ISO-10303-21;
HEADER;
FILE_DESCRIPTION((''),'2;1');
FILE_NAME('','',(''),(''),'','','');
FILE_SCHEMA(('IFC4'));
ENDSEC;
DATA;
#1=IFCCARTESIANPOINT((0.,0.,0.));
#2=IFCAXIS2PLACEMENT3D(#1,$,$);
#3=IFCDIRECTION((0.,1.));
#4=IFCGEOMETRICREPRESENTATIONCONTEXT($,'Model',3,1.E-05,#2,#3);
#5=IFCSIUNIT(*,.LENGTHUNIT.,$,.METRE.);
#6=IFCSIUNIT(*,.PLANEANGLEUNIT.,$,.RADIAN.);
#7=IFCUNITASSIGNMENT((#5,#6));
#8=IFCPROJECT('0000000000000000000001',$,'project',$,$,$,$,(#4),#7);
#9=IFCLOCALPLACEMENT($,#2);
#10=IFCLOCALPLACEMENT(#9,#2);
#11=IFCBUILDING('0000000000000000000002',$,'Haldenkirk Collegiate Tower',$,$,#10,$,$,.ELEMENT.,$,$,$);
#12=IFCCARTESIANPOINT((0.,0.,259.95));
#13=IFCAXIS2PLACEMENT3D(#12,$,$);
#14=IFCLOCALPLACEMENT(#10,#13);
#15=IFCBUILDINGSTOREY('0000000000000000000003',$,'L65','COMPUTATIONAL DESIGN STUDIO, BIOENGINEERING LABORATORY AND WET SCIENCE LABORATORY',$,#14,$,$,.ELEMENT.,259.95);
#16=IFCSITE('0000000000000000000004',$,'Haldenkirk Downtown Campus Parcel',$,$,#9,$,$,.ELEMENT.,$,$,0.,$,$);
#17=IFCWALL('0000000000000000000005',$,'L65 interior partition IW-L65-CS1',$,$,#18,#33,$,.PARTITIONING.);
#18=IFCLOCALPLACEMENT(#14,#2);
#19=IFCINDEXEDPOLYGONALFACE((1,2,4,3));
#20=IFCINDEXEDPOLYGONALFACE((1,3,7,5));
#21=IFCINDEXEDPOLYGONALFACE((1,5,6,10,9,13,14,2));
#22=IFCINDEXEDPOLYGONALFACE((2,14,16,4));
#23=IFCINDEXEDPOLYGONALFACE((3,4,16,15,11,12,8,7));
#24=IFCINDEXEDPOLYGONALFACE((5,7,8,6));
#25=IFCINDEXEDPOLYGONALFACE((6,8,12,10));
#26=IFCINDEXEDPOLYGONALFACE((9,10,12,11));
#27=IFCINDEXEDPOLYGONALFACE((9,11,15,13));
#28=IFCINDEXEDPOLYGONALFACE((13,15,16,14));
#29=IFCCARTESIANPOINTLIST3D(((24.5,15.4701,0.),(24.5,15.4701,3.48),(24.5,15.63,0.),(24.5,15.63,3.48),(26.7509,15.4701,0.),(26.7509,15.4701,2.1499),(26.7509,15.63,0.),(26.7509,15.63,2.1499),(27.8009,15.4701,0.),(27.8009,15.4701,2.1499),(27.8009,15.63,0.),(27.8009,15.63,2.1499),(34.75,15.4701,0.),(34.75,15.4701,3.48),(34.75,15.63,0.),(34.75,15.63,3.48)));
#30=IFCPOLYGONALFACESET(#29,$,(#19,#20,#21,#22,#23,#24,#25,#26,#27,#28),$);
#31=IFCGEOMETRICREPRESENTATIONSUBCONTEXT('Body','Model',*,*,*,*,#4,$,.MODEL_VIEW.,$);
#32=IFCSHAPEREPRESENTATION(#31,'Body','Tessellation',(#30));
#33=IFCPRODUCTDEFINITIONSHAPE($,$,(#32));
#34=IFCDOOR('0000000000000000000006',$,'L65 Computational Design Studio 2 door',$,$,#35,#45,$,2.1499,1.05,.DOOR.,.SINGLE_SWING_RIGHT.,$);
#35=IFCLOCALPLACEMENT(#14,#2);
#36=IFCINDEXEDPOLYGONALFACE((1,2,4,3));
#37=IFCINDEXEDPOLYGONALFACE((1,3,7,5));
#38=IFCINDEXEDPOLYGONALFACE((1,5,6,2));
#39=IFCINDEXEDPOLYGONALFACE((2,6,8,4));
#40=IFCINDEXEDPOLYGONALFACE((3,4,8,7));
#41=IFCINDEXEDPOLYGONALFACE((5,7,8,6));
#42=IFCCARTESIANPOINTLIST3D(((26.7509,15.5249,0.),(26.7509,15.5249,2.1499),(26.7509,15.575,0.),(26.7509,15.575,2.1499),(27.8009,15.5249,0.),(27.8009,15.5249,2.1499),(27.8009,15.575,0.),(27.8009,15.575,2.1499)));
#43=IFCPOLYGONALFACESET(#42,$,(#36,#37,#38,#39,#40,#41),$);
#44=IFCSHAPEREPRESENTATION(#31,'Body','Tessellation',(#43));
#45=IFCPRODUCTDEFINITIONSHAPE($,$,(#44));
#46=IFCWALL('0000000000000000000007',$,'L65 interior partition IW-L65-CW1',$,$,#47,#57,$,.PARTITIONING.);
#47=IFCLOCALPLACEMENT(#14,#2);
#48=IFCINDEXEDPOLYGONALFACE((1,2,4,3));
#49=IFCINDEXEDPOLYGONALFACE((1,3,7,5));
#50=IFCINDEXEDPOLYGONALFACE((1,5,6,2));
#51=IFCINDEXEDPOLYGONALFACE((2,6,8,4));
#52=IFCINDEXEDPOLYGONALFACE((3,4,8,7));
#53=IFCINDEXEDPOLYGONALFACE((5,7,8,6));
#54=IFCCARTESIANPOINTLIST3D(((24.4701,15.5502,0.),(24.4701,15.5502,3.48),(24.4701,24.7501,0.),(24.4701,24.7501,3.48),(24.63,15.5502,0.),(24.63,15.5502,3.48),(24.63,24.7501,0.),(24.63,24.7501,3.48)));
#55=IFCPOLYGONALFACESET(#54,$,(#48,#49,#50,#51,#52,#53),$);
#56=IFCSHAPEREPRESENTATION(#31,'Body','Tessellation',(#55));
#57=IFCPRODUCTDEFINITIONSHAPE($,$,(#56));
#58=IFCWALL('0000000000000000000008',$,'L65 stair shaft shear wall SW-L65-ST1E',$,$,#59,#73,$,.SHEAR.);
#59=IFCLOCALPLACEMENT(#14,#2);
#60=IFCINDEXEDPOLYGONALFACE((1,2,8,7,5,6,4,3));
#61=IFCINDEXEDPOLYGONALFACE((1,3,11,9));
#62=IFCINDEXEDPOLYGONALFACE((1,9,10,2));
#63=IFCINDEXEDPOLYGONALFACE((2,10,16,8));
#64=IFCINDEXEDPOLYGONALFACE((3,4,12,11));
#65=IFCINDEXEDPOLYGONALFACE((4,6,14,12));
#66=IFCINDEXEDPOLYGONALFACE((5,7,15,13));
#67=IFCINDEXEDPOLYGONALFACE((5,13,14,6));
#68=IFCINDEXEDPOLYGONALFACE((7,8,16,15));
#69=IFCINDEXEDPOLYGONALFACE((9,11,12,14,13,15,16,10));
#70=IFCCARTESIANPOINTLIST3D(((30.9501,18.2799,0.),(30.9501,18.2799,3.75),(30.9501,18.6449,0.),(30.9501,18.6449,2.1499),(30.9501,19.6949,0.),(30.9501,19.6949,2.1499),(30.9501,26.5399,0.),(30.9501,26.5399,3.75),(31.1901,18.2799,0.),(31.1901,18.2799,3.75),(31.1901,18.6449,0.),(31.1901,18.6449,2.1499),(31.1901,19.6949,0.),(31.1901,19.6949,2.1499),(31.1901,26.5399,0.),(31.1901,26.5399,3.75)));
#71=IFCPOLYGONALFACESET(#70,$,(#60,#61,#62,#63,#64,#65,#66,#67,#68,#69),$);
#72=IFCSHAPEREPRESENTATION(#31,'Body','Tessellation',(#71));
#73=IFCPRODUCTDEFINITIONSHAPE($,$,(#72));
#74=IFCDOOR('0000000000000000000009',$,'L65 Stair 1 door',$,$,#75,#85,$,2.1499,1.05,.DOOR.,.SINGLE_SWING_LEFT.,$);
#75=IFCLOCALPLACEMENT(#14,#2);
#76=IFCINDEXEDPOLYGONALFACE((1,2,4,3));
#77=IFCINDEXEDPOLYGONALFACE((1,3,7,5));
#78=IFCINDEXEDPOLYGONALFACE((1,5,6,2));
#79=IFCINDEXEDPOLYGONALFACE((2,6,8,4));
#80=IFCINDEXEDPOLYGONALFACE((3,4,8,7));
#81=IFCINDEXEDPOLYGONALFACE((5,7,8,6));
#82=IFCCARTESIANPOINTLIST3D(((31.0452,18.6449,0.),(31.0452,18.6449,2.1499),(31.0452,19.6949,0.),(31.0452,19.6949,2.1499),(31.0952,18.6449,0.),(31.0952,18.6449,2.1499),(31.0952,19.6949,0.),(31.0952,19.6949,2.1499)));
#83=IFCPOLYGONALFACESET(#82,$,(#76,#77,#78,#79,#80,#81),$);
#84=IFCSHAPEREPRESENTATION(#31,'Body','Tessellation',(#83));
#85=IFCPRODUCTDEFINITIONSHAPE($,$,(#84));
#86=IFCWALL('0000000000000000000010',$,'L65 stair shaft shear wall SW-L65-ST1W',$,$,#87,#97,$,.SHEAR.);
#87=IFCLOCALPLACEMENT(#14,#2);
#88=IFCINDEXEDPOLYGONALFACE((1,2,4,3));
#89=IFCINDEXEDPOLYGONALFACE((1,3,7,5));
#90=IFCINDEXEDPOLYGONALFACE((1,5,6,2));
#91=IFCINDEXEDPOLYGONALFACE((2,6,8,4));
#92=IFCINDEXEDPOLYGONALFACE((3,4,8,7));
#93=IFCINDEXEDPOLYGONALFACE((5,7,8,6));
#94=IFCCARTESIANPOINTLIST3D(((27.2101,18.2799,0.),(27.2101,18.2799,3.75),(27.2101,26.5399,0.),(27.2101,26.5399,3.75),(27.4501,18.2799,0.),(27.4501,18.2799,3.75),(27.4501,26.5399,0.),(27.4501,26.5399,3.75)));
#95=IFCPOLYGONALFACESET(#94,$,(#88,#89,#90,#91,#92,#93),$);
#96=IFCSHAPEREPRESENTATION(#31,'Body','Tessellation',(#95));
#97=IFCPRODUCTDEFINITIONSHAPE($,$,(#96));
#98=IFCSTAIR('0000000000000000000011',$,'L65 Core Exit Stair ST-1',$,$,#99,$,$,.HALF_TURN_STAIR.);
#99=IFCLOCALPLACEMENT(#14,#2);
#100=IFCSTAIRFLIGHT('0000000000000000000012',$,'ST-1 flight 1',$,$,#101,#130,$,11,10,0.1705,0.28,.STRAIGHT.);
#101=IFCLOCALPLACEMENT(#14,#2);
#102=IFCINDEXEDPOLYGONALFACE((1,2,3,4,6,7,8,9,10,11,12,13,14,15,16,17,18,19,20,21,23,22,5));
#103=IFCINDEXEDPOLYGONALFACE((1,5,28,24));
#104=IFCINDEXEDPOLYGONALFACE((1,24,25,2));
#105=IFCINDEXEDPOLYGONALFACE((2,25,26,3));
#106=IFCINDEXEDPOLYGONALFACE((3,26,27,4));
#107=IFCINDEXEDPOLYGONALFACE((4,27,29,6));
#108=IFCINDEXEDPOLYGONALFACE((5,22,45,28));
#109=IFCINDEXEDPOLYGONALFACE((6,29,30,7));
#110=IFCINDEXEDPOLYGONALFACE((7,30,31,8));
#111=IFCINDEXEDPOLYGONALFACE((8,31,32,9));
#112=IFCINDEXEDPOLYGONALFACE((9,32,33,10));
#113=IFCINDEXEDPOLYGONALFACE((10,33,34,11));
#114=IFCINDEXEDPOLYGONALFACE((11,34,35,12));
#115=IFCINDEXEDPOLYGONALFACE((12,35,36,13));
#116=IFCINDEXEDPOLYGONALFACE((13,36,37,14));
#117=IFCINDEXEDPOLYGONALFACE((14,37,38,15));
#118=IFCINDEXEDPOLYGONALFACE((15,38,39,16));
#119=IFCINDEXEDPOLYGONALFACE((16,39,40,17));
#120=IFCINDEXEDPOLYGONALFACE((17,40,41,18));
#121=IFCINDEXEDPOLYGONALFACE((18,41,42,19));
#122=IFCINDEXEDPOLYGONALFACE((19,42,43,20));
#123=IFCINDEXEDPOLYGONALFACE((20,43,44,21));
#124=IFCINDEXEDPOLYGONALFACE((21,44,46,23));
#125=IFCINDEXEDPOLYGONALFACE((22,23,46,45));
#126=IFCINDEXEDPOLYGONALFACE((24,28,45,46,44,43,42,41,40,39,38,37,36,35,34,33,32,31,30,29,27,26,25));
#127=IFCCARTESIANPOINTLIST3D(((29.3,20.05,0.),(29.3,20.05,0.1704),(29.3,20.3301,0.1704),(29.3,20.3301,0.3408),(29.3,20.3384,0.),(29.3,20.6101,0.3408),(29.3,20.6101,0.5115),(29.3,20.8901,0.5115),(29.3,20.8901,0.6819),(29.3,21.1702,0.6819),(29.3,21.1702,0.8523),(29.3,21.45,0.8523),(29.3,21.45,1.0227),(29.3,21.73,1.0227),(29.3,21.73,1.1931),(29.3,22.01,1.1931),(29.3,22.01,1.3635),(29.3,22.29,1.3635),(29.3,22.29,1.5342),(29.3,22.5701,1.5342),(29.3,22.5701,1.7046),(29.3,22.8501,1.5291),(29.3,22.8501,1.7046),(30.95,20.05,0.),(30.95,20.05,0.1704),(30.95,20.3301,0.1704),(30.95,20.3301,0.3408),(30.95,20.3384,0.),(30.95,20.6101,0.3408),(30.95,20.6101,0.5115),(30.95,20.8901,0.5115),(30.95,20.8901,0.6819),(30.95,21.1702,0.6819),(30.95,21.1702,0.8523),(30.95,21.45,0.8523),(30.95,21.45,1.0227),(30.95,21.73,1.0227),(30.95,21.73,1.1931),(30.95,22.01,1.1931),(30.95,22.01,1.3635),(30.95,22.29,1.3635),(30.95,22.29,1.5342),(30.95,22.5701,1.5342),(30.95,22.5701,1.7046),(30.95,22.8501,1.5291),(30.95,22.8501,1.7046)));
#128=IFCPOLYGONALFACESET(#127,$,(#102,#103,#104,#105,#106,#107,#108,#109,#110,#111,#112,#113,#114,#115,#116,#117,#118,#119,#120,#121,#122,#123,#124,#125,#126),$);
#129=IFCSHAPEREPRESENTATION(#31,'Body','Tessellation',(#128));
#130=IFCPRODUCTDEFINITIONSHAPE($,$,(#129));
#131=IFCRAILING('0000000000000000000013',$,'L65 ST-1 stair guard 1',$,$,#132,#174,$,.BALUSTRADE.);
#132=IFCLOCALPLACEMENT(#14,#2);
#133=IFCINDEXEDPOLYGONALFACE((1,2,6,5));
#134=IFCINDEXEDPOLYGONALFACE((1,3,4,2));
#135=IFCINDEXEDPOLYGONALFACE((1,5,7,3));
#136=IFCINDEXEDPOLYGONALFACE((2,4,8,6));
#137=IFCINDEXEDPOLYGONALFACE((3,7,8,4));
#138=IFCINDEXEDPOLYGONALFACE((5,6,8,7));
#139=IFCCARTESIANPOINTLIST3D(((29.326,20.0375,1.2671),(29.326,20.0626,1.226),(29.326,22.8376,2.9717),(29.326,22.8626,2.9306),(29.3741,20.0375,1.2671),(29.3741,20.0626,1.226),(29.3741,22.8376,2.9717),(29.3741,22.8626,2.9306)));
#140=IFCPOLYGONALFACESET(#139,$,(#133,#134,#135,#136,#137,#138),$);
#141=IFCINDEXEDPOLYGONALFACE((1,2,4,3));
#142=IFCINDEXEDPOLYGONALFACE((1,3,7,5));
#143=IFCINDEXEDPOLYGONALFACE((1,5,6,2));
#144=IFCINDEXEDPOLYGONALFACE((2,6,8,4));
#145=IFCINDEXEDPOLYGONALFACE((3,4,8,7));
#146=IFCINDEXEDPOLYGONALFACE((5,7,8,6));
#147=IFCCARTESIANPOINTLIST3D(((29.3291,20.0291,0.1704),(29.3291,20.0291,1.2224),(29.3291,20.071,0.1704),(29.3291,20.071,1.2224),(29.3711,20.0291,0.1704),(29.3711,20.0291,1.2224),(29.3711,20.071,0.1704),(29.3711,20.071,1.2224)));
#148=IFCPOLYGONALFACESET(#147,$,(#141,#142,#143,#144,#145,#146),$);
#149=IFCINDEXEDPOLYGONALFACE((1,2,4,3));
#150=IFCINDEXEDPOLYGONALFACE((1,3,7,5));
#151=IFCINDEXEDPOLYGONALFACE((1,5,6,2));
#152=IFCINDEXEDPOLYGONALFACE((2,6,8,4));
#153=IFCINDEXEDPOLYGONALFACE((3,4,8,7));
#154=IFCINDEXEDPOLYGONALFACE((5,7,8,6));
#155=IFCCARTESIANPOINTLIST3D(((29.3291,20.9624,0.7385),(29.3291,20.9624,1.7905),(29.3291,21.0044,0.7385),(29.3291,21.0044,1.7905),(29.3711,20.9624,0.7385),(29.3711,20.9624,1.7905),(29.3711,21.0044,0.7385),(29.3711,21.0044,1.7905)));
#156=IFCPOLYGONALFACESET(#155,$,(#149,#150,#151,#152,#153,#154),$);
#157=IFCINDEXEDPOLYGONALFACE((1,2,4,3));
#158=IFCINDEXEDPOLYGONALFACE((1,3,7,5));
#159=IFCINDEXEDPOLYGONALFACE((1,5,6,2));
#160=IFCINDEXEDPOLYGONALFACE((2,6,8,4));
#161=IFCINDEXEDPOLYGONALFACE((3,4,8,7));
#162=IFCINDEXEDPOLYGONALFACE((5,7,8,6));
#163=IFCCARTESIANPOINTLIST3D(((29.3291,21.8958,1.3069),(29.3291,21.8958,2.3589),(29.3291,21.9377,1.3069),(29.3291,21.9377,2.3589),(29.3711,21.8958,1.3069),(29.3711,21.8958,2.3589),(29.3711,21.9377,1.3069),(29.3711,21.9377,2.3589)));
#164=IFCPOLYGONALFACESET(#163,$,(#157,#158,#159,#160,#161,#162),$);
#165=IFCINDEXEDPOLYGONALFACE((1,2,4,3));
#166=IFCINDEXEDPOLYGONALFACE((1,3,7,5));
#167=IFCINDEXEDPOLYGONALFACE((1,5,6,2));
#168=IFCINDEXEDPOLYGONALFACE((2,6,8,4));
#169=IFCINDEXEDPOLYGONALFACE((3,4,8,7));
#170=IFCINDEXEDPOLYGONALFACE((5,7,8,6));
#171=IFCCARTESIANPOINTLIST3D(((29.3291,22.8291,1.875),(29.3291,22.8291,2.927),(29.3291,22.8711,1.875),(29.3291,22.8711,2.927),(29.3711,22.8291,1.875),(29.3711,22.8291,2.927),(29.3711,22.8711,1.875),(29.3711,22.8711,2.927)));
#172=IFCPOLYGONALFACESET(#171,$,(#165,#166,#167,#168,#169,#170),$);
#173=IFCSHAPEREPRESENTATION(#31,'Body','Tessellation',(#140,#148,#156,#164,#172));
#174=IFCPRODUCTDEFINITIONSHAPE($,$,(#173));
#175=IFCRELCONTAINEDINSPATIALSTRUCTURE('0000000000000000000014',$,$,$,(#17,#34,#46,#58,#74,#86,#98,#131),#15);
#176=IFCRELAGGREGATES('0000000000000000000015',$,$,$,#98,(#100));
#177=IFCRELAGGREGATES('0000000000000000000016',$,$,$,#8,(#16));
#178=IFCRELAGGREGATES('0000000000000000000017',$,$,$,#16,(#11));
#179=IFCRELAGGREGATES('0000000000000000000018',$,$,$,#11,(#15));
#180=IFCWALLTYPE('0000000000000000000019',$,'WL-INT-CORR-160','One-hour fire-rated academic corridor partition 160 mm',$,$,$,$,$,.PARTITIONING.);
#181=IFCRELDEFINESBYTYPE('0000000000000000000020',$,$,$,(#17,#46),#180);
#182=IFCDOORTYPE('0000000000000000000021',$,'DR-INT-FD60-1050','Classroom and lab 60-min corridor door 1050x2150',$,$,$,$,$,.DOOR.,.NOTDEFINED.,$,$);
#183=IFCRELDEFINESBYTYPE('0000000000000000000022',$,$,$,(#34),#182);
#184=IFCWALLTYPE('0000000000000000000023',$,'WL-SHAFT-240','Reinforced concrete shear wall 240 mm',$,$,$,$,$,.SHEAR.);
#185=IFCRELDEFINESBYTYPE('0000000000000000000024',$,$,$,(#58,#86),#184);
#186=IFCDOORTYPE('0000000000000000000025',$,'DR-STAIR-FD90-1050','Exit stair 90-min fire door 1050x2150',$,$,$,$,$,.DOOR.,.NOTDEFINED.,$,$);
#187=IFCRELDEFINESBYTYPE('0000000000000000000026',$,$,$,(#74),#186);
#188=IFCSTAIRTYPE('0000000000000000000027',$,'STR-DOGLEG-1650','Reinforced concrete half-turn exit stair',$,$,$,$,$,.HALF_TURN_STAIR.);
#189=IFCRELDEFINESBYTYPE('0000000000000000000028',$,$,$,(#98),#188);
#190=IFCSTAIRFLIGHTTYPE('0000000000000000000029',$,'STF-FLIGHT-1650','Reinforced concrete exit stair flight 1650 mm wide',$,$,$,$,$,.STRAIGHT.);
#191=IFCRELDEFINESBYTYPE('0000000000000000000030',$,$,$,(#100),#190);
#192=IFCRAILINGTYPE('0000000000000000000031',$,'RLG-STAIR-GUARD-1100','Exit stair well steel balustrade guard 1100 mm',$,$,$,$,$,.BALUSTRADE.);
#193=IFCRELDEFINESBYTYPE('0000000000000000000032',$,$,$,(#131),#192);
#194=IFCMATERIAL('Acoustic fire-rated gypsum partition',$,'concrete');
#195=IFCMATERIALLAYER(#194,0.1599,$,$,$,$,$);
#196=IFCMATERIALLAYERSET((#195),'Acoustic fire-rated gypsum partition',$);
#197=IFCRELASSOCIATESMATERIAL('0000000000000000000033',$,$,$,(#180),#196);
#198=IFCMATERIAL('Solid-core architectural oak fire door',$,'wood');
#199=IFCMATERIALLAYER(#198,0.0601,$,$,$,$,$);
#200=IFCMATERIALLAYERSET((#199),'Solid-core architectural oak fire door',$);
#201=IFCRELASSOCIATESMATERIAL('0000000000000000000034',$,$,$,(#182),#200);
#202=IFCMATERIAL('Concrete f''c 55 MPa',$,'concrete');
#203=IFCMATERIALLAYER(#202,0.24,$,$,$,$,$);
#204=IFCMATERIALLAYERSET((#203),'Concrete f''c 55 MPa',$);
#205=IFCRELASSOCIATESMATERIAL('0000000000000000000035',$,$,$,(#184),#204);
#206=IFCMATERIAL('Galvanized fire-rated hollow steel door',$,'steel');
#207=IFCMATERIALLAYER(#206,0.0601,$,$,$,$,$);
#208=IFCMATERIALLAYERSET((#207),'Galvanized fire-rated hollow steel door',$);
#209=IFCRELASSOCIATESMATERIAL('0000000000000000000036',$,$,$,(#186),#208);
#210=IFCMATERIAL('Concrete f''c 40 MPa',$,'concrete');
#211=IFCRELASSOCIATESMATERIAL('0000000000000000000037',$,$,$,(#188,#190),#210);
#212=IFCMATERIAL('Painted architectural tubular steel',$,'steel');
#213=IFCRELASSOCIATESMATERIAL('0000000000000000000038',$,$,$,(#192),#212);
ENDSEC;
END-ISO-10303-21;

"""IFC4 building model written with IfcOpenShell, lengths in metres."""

from ifc_helpers import new_model, si_unit, direction, frame, frame_2d, origin, origin_2d, place, context, subcontext, project, spatial, polyline, rectangle, outline, extrude, material, layer, layer_set, type_object, element, fill, aggregate, save


model = new_model("IFC4")

# Units and contexts
model_context = context("Model", 3, precision=1e-05, world=origin(), true_north=direction((0.0, 1.0)))
body_context = subcontext(model_context, "Body", "Model", "MODEL_VIEW")
ifc_project = project(units=[si_unit("LENGTHUNIT", "METRE"), si_unit("PLANEANGLEUNIT", "RADIAN")], contexts=[model_context])

# Site, building, storey
site_placement = place(None, origin())
site = spatial("IfcSite", under=ifc_project, at=site_placement, Name="Haldenkirk Downtown Campus Parcel", CompositionType="ELEMENT", RefElevation=0.0)
building_placement = place(site_placement, origin())
building = spatial("IfcBuilding", under=site, at=building_placement, Name="Haldenkirk Collegiate Tower", CompositionType="ELEMENT")
storey_placement = place(building_placement, frame((0.0, 0.0, 259.95)))
storey = spatial("IfcBuildingStorey", under=building, at=storey_placement, Name="L65", Description="COMPUTATIONAL DESIGN STUDIO, BIOENGINEERING LABORATORY AND WET SCIENCE LABORATORY", CompositionType="ELEMENT", Elevation=259.95)

# Shared definitions
ifc_material_1 = material(Name="Concrete f'c 55 MPa", Category="concrete")
ifc_material_2 = material(Name="Galvanized fire-rated hollow steel door", Category="steel")

# Wall, opening, door
ifc_material_3 = material(Name="Acoustic fire-rated gypsum partition", Category="concrete")
ifc_layer_1 = layer(ifc_material_3, 0.1599)
ifc_layer_set_1 = layer_set([ifc_layer_1], Name="Acoustic fire-rated gypsum partition")
wall_type_1 = type_object("IfcWallType", Name="WL-INT-CORR-160", Description="One-hour fire-rated academic corridor partition 160 mm", PredefinedType="PARTITIONING", material=ifc_layer_set_1)
wall_1_placement = place(storey_placement, frame((24.5, 15.55, 0.0), z_axis=(0.0, 0.0, 1.0), x_axis=(1.0, 0.0, 0.0)))
wall_1 = element("IfcWall", 1, at=wall_1_placement, inside=storey, type_object=wall_type_1, Name="L65 interior partition IW-L65-CS1", PredefinedType="PARTITIONING", context=body_context, shape_type="SweptSolid", body=[
    extrude(rectangle(XDim=10.25, YDim=0.1599, at=frame_2d((5.125, 0.0))), origin(), (0.0, 0.0, 1.0), 3.48),
])
opening_1_placement = place(wall_1_placement, frame((2.251, 0.0, 0.0)))
opening_1 = element("IfcOpeningElement", 2, at=opening_1_placement, cuts=wall_1, PredefinedType="OPENING", context=body_context, shape_type="SweptSolid", body=[
    extrude(rectangle(XDim=1.05, YDim=2.1499, at=frame_2d((0.5249, 1.075))), frame((0.0, 0.0898, 0.0), z_axis=(0.0, -1.0, 0.0), x_axis=(1.0, 0.0, 0.0)), (0.0, 0.0, 1.0), 0.1799),
])
ifc_material_4 = material(Name="Solid-core architectural oak fire door", Category="wood")
ifc_layer_2 = layer(ifc_material_4, 0.0601)
ifc_layer_set_2 = layer_set([ifc_layer_2], Name="Solid-core architectural oak fire door")
door_type_1 = type_object("IfcDoorType", Name="DR-INT-FD60-1050", Description="Classroom and lab 60-min corridor door 1050x2150", OperationType="NOTDEFINED", PredefinedType="DOOR", material=ifc_layer_set_2)
door_1_placement = place(opening_1_placement, origin())
door_1 = element("IfcDoor", 3, at=door_1_placement, inside=storey, type_object=door_type_1, Name="L65 Computational Design Studio 2 door", OperationType="SINGLE_SWING_RIGHT", OverallHeight=2.1499, OverallWidth=1.05, PredefinedType="DOOR", context=body_context, shape_type="SweptSolid", body=[
    extrude(rectangle(XDim=1.05, YDim=2.1499, at=frame_2d((0.5249, 1.075))), frame((0.0, 0.0249, 0.0), z_axis=(0.0, -1.0, 0.0), x_axis=(1.0, 0.0, 0.0)), (0.0, 0.0, 1.0), 0.05),
])
fill(opening_1, door_1)

# Wall
wall_2_placement = place(storey_placement, frame((24.55, 15.55, 0.0), z_axis=(0.0, 0.0, 1.0), x_axis=(0.0, 1.0, 0.0)))
element("IfcWall", 4, at=wall_2_placement, inside=storey, type_object=wall_type_1, Name="L65 interior partition IW-L65-CW1", PredefinedType="PARTITIONING", context=body_context, shape_type="SweptSolid", body=[
    extrude(rectangle(XDim=9.2, YDim=0.1599, at=frame_2d((4.6001, 0.0))), origin(), (0.0, 0.0, 1.0), 3.48),
])

# Wall, opening, door
ifc_layer_3 = layer(ifc_material_1, 0.24)
ifc_layer_set_3 = layer_set([ifc_layer_3], Name="Concrete f'c 55 MPa")
wall_type_2 = type_object("IfcWallType", Name="WL-SHAFT-240", Description="Reinforced concrete shear wall 240 mm", PredefinedType="SHEAR", material=ifc_layer_set_3)
wall_3_placement = place(storey_placement, frame((31.0701, 18.28, 0.0), z_axis=(0.0, 0.0, 1.0), x_axis=(0.0, 1.0, 0.0)))
wall_3 = element("IfcWall", 5, at=wall_3_placement, inside=storey, type_object=wall_type_2, Name="L65 stair shaft shear wall SW-L65-ST1E", PredefinedType="SHEAR", context=body_context, shape_type="SweptSolid", body=[
    extrude(rectangle(XDim=8.26, YDim=0.24, at=frame_2d((4.1299, 0.0))), origin(), (0.0, 0.0, 1.0), 3.75),
])
opening_2_placement = place(wall_3_placement, frame((0.365, 0.0, 0.0)))
opening_2 = element("IfcOpeningElement", 6, at=opening_2_placement, cuts=wall_3, PredefinedType="OPENING", context=body_context, shape_type="SweptSolid", body=[
    extrude(rectangle(XDim=1.05, YDim=2.1499, at=frame_2d((0.5249, 1.075))), frame((0.0, 0.1299, 0.0), z_axis=(0.0, -1.0, 0.0), x_axis=(1.0, 0.0, 0.0)), (0.0, 0.0, 1.0), 0.26),
])
ifc_layer_4 = layer(ifc_material_2, 0.0601)
ifc_layer_set_4 = layer_set([ifc_layer_4], Name="Galvanized fire-rated hollow steel door")
door_type_2 = type_object("IfcDoorType", Name="DR-STAIR-FD90-1050", Description="Exit stair 90-min fire door 1050x2150", OperationType="NOTDEFINED", PredefinedType="DOOR", material=ifc_layer_set_4)
door_2_placement = place(opening_2_placement, origin())
door_2 = element("IfcDoor", 7, at=door_2_placement, inside=storey, type_object=door_type_2, Name="L65 Stair 1 door", OperationType="SINGLE_SWING_LEFT", OverallHeight=2.1499, OverallWidth=1.05, PredefinedType="DOOR", context=body_context, shape_type="SweptSolid", body=[
    extrude(rectangle(XDim=1.05, YDim=2.1499, at=frame_2d((0.5249, 1.075))), frame((0.0, 0.0249, 0.0), z_axis=(0.0, -1.0, 0.0), x_axis=(1.0, 0.0, 0.0)), (0.0, 0.0, 1.0), 0.05),
])
fill(opening_2, door_2)

# Wall
wall_4_placement = place(storey_placement, frame((27.3301, 18.28, 0.0), z_axis=(0.0, 0.0, 1.0), x_axis=(0.0, 1.0, 0.0)))
element("IfcWall", 8, at=wall_4_placement, inside=storey, type_object=wall_type_2, Name="L65 stair shaft shear wall SW-L65-ST1W", PredefinedType="SHEAR", context=body_context, shape_type="SweptSolid", body=[
    extrude(rectangle(XDim=8.26, YDim=0.24, at=frame_2d((4.1299, 0.0))), origin(), (0.0, 0.0, 1.0), 3.75),
])

# Stair, stair flight
ifc_material_5 = material(Name="Concrete f'c 40 MPa", Category="concrete")
stair_type = type_object("IfcStairType", Name="STR-DOGLEG-1650", Description="Reinforced concrete half-turn exit stair", PredefinedType="HALF_TURN_STAIR", material=ifc_material_5)
stair_placement = place(storey_placement, origin())
stair = element("IfcStair", 9, at=stair_placement, inside=storey, type_object=stair_type, Name="L65 Core Exit Stair ST-1", PredefinedType="HALF_TURN_STAIR")
stair_flight_type = type_object("IfcStairFlightType", Name="STF-FLIGHT-1650", Description="Reinforced concrete exit stair flight 1650 mm wide", PredefinedType="STRAIGHT", material=ifc_material_5)
stair_flight_placement = place(storey_placement, frame((30.125, 20.05, 0.0), z_axis=(0.0, 0.0, 1.0), x_axis=(0.0, 1.0, 0.0)))
stair_flight = element("IfcStairFlight", 10, at=stair_flight_placement, type_object=stair_flight_type, Name="ST-1 flight 1", NumberOfRisers=11, NumberOfTreads=10, PredefinedType="STRAIGHT", RiserHeight=0.1705, TreadLength=0.28, context=body_context, shape_type="SweptSolid", body=[
    extrude(outline(polyline([(0.0, 0.0), (0.0, 0.1704), (0.28, 0.1704), (0.28, 0.3408), (0.5601, 0.3408), (0.5601, 0.5115), (0.8401, 0.5115), (0.8401, 0.6819), (1.1201, 0.6819), (1.1201, 0.8523), (1.3999, 0.8523), (1.3999, 1.0227), (1.6799, 1.0227), (1.6799, 1.1931), (1.96, 1.1931), (1.96, 1.3635), (2.24, 1.3635), (2.24, 1.5342), (2.52, 1.5342), (2.52, 1.7046), (2.8, 1.7046), (2.8, 1.875), (2.8, 1.5291), (0.2883, 0.0), (0.0, 0.0)])), frame((0.0, 0.825, 0.0), z_axis=(0.0, -1.0, 0.0), x_axis=(1.0, 0.0, 0.0)), (0.0, 0.0, 1.0), 1.6499),
])
aggregate(stair, [stair_flight])

# Railing
ifc_material_6 = material(Name="Painted architectural tubular steel", Category="steel")
railing_type_1 = type_object("IfcRailingType", Name="RLG-STAIR-GUARD-1100", Description="Exit stair well steel balustrade guard 1100 mm", PredefinedType="BALUSTRADE", material=ifc_material_6)
railing_1_placement = place(storey_placement, frame((29.3501, 20.05, 0.1704)))
element("IfcRailing", 11, at=railing_1_placement, inside=storey, type_object=railing_type_1, Name="L65 ST-1 stair guard 1", PredefinedType="BALUSTRADE", context=body_context, shape_type="SweptSolid", body=[
    extrude(rectangle(XDim=0.0481, YDim=0.0481, at=origin_2d()), frame((0.0, 0.0, 1.0762), z_axis=(0.0, 0.85417, 0.519994), x_axis=(-1.0, 0.0, 0.0)), (0.0, 0.0, 1.0), 3.2781),
    extrude(rectangle(XDim=0.042, YDim=0.042, at=origin_2d()), origin(), (0.0, 0.0, 1.0), 1.052),
    extrude(rectangle(XDim=0.042, YDim=0.042, at=origin_2d()), frame((0.0, 0.9333, 0.5681)), (0.0, 0.0, 1.0), 1.052),
    extrude(rectangle(XDim=0.042, YDim=0.042, at=origin_2d()), frame((0.0, 1.8667, 1.1365)), (0.0, 0.0, 1.0), 1.052),
    extrude(rectangle(XDim=0.042, YDim=0.042, at=origin_2d()), frame((0.0, 2.8, 1.7046)), (0.0, 0.0, 1.0), 1.052),
])

save(model, "model.ifc")
